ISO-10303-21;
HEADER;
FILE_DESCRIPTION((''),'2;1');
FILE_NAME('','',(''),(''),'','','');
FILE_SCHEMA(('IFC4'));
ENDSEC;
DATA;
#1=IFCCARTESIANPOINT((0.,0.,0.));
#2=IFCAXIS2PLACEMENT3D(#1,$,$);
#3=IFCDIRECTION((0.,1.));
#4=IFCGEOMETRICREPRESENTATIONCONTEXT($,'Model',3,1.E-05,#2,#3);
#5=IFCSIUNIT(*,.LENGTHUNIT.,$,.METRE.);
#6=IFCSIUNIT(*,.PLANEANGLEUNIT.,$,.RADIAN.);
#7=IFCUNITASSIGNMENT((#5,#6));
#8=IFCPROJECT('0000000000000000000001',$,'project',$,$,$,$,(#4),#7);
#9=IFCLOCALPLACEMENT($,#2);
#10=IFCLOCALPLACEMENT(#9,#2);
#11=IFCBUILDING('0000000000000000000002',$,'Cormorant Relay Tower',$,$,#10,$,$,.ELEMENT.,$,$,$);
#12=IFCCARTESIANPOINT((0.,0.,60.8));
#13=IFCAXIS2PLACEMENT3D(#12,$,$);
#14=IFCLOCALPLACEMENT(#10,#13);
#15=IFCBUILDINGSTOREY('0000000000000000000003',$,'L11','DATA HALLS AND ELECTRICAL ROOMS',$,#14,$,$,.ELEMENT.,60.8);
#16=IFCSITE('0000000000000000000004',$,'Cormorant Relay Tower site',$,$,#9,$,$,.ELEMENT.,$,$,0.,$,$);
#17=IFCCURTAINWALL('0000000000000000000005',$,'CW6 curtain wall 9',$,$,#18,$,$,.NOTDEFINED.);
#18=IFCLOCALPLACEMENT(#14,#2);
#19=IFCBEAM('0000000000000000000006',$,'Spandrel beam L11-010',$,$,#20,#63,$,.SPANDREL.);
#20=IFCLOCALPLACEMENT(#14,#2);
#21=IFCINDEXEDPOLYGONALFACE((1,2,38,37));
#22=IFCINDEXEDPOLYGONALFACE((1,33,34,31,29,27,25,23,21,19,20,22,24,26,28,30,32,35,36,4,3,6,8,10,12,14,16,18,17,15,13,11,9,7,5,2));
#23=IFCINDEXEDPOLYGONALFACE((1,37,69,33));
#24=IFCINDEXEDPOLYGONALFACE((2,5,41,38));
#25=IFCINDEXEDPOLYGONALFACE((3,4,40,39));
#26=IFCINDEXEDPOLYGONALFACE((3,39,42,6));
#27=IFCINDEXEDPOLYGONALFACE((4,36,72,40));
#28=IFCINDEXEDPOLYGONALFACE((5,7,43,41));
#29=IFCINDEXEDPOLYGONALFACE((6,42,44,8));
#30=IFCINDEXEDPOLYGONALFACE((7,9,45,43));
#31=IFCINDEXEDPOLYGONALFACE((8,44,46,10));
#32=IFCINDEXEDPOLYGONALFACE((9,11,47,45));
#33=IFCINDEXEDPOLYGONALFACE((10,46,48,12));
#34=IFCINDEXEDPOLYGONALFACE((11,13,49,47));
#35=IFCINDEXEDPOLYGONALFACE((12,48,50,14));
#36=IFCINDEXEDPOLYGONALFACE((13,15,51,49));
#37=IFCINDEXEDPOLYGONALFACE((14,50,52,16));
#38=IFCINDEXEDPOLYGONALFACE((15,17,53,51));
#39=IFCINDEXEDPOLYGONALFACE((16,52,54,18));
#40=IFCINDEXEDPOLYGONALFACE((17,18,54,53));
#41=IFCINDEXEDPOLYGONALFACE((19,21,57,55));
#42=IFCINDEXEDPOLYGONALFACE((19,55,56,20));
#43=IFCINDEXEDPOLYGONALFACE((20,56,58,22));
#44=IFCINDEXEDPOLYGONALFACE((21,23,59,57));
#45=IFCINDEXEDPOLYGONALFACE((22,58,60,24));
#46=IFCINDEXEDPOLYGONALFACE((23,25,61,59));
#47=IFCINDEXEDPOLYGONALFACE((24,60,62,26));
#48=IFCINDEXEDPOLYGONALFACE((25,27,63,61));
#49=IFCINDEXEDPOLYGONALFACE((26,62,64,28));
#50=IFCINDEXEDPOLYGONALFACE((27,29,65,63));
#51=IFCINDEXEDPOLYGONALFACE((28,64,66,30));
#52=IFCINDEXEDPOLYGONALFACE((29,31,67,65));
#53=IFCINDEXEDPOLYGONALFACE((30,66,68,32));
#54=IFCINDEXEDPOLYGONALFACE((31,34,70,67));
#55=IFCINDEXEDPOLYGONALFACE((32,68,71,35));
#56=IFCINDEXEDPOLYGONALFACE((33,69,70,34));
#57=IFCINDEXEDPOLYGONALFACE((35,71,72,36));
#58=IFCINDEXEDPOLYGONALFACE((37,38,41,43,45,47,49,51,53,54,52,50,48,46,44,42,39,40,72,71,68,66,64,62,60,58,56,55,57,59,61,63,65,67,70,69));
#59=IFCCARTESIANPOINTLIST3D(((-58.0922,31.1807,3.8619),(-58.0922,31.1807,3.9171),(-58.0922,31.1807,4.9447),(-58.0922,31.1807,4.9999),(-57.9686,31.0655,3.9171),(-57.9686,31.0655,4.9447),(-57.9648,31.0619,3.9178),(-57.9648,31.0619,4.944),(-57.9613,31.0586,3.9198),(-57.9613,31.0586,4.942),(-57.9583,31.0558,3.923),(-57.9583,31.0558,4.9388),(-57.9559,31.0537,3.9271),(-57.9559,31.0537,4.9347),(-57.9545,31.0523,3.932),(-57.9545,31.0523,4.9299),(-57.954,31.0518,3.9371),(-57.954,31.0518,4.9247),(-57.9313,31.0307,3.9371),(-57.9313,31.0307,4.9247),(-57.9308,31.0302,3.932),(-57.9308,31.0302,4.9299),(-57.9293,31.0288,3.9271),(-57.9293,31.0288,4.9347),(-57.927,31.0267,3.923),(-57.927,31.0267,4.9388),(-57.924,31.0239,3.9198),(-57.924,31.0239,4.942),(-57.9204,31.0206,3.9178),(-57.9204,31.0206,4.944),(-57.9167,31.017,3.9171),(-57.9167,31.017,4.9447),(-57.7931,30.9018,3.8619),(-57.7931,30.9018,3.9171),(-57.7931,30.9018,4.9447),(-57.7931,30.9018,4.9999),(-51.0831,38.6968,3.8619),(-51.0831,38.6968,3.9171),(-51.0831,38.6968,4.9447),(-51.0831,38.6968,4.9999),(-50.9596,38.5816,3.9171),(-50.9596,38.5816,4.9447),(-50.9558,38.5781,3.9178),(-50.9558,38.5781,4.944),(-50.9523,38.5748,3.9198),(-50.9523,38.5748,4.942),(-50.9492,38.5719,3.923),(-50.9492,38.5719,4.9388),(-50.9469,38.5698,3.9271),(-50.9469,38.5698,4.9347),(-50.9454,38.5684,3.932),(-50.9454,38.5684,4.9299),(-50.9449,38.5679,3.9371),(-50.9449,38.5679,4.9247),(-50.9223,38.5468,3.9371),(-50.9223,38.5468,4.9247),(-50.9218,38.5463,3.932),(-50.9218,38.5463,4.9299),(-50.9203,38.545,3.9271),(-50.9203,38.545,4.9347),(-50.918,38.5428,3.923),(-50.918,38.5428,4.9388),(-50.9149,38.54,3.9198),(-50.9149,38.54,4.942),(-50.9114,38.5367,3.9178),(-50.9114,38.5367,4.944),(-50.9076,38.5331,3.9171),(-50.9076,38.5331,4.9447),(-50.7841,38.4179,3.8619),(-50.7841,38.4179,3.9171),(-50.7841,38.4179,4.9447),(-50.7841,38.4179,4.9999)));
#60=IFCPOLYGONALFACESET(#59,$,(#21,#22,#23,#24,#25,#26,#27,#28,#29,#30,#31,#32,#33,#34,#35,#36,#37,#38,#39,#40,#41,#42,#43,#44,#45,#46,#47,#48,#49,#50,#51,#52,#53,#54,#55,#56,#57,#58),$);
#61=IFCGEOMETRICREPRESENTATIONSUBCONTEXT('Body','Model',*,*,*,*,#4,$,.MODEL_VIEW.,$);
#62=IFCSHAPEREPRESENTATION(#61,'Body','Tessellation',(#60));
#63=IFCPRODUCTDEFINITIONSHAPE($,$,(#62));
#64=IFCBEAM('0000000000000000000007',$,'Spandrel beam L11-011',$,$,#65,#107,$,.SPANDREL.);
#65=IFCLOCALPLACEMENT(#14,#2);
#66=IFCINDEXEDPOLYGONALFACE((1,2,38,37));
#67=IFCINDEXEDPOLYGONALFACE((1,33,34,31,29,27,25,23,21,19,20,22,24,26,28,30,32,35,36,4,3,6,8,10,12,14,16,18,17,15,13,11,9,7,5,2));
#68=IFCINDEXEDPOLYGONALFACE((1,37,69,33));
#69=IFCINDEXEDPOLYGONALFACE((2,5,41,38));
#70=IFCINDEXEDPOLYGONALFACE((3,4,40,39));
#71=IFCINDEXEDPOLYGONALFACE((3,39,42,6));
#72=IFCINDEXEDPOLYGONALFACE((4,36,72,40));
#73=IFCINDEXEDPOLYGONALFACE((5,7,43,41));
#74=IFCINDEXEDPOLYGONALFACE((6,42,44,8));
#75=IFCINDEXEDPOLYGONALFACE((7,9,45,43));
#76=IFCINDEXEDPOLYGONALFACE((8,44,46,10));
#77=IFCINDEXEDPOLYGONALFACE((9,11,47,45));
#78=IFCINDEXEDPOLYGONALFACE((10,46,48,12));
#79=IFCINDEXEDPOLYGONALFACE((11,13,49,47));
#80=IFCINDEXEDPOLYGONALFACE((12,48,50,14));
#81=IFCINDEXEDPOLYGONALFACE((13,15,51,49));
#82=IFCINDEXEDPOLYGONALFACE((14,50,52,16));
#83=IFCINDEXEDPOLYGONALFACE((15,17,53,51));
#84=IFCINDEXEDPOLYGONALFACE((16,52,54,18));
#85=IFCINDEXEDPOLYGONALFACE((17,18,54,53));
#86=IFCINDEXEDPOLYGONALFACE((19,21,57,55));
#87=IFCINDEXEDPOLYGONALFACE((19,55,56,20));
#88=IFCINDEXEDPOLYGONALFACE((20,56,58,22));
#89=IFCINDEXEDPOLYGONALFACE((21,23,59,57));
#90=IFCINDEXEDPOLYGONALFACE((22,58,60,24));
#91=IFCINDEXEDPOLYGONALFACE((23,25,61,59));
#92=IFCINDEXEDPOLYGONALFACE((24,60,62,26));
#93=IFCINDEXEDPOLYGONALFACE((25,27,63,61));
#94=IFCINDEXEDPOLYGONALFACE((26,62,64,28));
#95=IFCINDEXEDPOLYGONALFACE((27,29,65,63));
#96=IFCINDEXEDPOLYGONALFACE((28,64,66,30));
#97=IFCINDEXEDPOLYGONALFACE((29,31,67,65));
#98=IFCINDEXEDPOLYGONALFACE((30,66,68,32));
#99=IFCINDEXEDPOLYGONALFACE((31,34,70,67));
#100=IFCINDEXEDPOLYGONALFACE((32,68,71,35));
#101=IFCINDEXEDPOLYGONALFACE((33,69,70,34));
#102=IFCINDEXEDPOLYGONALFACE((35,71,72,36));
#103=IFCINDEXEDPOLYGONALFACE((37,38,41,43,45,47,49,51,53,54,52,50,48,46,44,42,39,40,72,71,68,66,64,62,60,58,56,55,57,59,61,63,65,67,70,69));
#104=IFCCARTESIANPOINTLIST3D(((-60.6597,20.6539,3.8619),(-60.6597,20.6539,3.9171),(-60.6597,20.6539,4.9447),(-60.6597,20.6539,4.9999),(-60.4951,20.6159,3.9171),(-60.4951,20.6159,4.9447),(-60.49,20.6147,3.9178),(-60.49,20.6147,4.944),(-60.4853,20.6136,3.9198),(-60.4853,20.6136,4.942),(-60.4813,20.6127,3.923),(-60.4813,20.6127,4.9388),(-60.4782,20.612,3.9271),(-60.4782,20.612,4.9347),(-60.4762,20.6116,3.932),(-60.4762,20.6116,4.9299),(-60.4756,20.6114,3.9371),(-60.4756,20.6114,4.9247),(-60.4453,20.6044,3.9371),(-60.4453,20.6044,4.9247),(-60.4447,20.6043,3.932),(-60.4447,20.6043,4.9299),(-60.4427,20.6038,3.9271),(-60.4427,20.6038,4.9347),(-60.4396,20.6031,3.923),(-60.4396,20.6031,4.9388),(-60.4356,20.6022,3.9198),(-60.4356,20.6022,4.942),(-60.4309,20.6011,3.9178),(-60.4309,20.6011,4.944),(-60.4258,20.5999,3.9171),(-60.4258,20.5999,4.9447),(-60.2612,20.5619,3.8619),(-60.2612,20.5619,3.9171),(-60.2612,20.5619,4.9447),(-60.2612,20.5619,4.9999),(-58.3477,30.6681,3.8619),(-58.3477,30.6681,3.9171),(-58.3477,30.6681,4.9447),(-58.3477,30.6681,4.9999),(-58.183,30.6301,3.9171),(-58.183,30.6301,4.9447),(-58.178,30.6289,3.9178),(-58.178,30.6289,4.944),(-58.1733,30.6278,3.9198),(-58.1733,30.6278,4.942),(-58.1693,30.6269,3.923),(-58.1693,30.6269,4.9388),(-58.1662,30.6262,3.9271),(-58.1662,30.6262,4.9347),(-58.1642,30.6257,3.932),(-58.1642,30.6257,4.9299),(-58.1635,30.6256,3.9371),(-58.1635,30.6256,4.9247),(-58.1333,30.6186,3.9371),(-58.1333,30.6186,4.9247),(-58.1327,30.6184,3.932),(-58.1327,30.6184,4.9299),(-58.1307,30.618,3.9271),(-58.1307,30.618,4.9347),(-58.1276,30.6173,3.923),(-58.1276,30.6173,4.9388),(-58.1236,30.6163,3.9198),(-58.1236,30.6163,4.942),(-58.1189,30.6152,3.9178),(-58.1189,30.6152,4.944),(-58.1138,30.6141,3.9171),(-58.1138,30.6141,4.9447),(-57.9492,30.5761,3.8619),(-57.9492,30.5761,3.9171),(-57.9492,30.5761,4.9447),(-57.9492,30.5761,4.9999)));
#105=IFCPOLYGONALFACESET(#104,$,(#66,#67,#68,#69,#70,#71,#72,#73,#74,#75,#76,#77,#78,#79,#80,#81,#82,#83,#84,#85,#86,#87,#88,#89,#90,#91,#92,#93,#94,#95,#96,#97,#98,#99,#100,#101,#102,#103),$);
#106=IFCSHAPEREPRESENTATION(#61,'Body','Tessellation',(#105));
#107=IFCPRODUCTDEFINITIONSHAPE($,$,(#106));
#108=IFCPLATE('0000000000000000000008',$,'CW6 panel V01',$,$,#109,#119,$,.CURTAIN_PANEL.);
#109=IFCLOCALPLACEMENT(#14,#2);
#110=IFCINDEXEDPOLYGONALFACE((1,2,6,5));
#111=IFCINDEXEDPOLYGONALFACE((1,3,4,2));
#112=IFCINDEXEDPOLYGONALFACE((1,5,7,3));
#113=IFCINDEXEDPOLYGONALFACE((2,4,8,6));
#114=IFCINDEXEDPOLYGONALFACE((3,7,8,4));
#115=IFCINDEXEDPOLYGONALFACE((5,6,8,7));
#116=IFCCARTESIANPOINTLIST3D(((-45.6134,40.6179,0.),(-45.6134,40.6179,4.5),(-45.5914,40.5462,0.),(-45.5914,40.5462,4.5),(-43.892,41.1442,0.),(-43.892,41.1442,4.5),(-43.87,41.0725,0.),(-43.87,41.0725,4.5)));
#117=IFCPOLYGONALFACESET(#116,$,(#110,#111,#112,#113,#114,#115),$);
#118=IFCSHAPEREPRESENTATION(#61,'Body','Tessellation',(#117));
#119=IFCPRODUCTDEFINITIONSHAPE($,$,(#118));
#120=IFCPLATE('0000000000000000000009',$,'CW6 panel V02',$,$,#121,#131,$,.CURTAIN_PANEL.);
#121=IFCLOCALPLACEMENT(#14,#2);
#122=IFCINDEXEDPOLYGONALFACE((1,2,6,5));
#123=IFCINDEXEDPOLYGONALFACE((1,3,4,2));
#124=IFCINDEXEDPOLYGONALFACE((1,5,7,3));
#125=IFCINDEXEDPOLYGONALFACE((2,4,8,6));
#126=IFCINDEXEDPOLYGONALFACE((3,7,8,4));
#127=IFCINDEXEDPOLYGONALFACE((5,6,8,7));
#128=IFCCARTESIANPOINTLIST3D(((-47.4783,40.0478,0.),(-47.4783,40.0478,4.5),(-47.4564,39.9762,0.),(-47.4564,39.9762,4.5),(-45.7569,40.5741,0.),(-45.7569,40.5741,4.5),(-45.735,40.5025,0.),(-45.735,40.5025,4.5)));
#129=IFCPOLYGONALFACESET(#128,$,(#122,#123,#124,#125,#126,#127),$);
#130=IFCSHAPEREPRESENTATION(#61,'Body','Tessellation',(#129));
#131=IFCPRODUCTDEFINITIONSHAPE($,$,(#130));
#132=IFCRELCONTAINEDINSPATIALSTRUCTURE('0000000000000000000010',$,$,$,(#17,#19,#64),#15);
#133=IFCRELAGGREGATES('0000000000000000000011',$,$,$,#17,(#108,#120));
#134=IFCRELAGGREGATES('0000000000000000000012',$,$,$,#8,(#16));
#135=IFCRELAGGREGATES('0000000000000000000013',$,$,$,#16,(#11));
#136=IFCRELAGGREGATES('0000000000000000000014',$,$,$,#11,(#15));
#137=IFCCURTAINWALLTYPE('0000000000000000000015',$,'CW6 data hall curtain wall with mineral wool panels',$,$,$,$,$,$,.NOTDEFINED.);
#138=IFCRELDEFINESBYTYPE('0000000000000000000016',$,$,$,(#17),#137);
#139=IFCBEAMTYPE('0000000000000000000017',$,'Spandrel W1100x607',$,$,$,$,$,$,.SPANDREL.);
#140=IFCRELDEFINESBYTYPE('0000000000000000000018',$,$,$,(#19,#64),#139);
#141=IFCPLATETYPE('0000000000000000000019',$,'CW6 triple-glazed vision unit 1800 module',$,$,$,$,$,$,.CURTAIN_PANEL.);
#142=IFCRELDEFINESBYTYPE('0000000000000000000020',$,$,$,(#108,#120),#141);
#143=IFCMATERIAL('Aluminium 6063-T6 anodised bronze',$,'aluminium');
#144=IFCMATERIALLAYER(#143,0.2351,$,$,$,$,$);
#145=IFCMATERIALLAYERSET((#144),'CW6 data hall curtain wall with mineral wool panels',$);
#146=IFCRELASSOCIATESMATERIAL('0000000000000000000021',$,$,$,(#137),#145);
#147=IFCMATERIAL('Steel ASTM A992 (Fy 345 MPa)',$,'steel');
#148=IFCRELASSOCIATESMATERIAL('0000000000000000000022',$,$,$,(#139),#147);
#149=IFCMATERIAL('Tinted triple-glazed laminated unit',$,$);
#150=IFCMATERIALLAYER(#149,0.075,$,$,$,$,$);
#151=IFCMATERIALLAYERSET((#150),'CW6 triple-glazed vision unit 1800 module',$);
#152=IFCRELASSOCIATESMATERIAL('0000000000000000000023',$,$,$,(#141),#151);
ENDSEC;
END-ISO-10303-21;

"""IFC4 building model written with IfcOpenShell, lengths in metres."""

from ifc_helpers import new_model, si_unit, direction, frame, origin, origin_2d, place, context, subcontext, project, spatial, rectangle, i_section, extrude, material, layer, layer_set, material_profile, profile_set, type_object, element, aggregate, save


model = new_model("IFC4")

# Units and contexts
model_context = context("Model", 3, precision=1e-05, world=origin(), true_north=direction((0.0, 1.0)))
body_context = subcontext(model_context, "Body", "Model", "MODEL_VIEW")
ifc_project = project(units=[si_unit("LENGTHUNIT", "METRE"), si_unit("PLANEANGLEUNIT", "RADIAN")], contexts=[model_context])

# Site, building, storey
site_placement = place(None, origin())
site = spatial("IfcSite", under=ifc_project, at=site_placement, Name="Cormorant Relay Tower site", CompositionType="ELEMENT", RefElevation=0.0)
building_placement = place(site_placement, origin())
building = spatial("IfcBuilding", under=site, at=building_placement, Name="Cormorant Relay Tower", CompositionType="ELEMENT")
storey_placement = place(building_placement, frame((0.0, 0.0, 60.8)))
storey = spatial("IfcBuildingStorey", under=building, at=storey_placement, Name="L11", Description="DATA HALLS AND ELECTRICAL ROOMS", CompositionType="ELEMENT", Elevation=60.8)

# Shared definitions
ifc_material_1 = material(Name="Aluminium 6063-T6 anodised bronze", Category="aluminium")
ifc_layer_1 = layer(ifc_material_1, 0.2351)
ifc_layer_set_1 = layer_set([ifc_layer_1], Name="CW6 data hall curtain wall with mineral wool panels")
curtain_wall_type = type_object("IfcCurtainWallType", Name="CW6 data hall curtain wall with mineral wool panels", PredefinedType="NOTDEFINED", material=ifc_layer_set_1)

# Curtain wall
curtain_wall_1_placement = place(storey_placement, origin())
curtain_wall_1 = element("IfcCurtainWall", 1, at=curtain_wall_1_placement, inside=storey, type_object=curtain_wall_type, Name="CW6 curtain wall 9", PredefinedType="NOTDEFINED")

# Beams
ifc_material_2 = material(Name="Steel ASTM A992 (Fy 345 MPa)", Category="steel")
ifc_material_profile_1 = material_profile(ifc_material_2, i_section(OverallWidth=0.4089, OverallDepth=1.1379, WebThickness=0.031, FlangeThickness=0.0552, FilletRadius=0.02, at=origin_2d()), Name="W1100x607")
ifc_profile_set_1 = profile_set([ifc_material_profile_1], Name="Steel ASTM A992 (Fy 345 MPa)")
beam_type = type_object("IfcBeamType", Name="Spandrel W1100x607", PredefinedType="SPANDREL", material=ifc_profile_set_1)
beam_1_placement = place(storey_placement, frame((-50.9336, 38.5574, 4.4309), z_axis=(-0.682006, -0.731347, 0.0), x_axis=(0.731347, -0.682006, 0.0)))
element("IfcBeam", 2, at=beam_1_placement, inside=storey, type_object=beam_type, Name="Spandrel beam L11-010", PredefinedType="SPANDREL", context=body_context, shape_type="SweptSolid", body=[
    extrude(i_section(OverallWidth=0.4089, OverallDepth=1.1379, WebThickness=0.031, FlangeThickness=0.0552, FilletRadius=0.02, at=origin_2d()), origin(), (0.0, 0.0, 1.0), 10.2771),
])
beam_2_placement = place(storey_placement, frame((-58.1484, 30.6221, 4.4309), z_axis=(-0.224957, -0.974369, 0.0), x_axis=(0.974369, -0.224957, 0.0)))
element("IfcBeam", 3, at=beam_2_placement, inside=storey, type_object=beam_type, Name="Spandrel beam L11-011", PredefinedType="SPANDREL", context=body_context, shape_type="SweptSolid", body=[
    extrude(i_section(OverallWidth=0.4089, OverallDepth=1.1379, WebThickness=0.031, FlangeThickness=0.0552, FilletRadius=0.02, at=origin_2d()), origin(), (0.0, 0.0, 1.0), 10.2776),
])

# Plates
ifc_material_3 = material(Name="Tinted triple-glazed laminated unit")
ifc_layer_2 = layer(ifc_material_3, 0.075)
ifc_layer_set_2 = layer_set([ifc_layer_2], Name="CW6 triple-glazed vision unit 1800 module")
plate_type = type_object("IfcPlateType", Name="CW6 triple-glazed vision unit 1800 module", PredefinedType="CURTAIN_PANEL", material=ifc_layer_set_2)
plate_1_placement = place(storey_placement, frame((-44.7417, 40.8452, 0.0), z_axis=(0.0, 0.0, 1.0), x_axis=(-0.956305, -0.292372, 0.0)))
plate_1 = element("IfcPlate", 4, at=plate_1_placement, type_object=plate_type, Name="CW6 panel V01", PredefinedType="CURTAIN_PANEL", context=body_context, shape_type="SweptSolid", body=[
    extrude(rectangle(XDim=1.8, YDim=0.075, at=origin_2d()), origin(), (0.0, 0.0, 1.0), 4.5),
])
plate_2_placement = place(storey_placement, frame((-46.6067, 40.2751, 0.0), z_axis=(0.0, 0.0, 1.0), x_axis=(-0.956305, -0.292372, 0.0)))
plate_2 = element("IfcPlate", 5, at=plate_2_placement, type_object=plate_type, Name="CW6 panel V02", PredefinedType="CURTAIN_PANEL", context=body_context, shape_type="SweptSolid", body=[
    extrude(rectangle(XDim=1.8, YDim=0.075, at=origin_2d()), origin(), (0.0, 0.0, 1.0), 4.5),
])

aggregate(curtain_wall_1, [plate_1, plate_2])

save(model, "model.ifc")
